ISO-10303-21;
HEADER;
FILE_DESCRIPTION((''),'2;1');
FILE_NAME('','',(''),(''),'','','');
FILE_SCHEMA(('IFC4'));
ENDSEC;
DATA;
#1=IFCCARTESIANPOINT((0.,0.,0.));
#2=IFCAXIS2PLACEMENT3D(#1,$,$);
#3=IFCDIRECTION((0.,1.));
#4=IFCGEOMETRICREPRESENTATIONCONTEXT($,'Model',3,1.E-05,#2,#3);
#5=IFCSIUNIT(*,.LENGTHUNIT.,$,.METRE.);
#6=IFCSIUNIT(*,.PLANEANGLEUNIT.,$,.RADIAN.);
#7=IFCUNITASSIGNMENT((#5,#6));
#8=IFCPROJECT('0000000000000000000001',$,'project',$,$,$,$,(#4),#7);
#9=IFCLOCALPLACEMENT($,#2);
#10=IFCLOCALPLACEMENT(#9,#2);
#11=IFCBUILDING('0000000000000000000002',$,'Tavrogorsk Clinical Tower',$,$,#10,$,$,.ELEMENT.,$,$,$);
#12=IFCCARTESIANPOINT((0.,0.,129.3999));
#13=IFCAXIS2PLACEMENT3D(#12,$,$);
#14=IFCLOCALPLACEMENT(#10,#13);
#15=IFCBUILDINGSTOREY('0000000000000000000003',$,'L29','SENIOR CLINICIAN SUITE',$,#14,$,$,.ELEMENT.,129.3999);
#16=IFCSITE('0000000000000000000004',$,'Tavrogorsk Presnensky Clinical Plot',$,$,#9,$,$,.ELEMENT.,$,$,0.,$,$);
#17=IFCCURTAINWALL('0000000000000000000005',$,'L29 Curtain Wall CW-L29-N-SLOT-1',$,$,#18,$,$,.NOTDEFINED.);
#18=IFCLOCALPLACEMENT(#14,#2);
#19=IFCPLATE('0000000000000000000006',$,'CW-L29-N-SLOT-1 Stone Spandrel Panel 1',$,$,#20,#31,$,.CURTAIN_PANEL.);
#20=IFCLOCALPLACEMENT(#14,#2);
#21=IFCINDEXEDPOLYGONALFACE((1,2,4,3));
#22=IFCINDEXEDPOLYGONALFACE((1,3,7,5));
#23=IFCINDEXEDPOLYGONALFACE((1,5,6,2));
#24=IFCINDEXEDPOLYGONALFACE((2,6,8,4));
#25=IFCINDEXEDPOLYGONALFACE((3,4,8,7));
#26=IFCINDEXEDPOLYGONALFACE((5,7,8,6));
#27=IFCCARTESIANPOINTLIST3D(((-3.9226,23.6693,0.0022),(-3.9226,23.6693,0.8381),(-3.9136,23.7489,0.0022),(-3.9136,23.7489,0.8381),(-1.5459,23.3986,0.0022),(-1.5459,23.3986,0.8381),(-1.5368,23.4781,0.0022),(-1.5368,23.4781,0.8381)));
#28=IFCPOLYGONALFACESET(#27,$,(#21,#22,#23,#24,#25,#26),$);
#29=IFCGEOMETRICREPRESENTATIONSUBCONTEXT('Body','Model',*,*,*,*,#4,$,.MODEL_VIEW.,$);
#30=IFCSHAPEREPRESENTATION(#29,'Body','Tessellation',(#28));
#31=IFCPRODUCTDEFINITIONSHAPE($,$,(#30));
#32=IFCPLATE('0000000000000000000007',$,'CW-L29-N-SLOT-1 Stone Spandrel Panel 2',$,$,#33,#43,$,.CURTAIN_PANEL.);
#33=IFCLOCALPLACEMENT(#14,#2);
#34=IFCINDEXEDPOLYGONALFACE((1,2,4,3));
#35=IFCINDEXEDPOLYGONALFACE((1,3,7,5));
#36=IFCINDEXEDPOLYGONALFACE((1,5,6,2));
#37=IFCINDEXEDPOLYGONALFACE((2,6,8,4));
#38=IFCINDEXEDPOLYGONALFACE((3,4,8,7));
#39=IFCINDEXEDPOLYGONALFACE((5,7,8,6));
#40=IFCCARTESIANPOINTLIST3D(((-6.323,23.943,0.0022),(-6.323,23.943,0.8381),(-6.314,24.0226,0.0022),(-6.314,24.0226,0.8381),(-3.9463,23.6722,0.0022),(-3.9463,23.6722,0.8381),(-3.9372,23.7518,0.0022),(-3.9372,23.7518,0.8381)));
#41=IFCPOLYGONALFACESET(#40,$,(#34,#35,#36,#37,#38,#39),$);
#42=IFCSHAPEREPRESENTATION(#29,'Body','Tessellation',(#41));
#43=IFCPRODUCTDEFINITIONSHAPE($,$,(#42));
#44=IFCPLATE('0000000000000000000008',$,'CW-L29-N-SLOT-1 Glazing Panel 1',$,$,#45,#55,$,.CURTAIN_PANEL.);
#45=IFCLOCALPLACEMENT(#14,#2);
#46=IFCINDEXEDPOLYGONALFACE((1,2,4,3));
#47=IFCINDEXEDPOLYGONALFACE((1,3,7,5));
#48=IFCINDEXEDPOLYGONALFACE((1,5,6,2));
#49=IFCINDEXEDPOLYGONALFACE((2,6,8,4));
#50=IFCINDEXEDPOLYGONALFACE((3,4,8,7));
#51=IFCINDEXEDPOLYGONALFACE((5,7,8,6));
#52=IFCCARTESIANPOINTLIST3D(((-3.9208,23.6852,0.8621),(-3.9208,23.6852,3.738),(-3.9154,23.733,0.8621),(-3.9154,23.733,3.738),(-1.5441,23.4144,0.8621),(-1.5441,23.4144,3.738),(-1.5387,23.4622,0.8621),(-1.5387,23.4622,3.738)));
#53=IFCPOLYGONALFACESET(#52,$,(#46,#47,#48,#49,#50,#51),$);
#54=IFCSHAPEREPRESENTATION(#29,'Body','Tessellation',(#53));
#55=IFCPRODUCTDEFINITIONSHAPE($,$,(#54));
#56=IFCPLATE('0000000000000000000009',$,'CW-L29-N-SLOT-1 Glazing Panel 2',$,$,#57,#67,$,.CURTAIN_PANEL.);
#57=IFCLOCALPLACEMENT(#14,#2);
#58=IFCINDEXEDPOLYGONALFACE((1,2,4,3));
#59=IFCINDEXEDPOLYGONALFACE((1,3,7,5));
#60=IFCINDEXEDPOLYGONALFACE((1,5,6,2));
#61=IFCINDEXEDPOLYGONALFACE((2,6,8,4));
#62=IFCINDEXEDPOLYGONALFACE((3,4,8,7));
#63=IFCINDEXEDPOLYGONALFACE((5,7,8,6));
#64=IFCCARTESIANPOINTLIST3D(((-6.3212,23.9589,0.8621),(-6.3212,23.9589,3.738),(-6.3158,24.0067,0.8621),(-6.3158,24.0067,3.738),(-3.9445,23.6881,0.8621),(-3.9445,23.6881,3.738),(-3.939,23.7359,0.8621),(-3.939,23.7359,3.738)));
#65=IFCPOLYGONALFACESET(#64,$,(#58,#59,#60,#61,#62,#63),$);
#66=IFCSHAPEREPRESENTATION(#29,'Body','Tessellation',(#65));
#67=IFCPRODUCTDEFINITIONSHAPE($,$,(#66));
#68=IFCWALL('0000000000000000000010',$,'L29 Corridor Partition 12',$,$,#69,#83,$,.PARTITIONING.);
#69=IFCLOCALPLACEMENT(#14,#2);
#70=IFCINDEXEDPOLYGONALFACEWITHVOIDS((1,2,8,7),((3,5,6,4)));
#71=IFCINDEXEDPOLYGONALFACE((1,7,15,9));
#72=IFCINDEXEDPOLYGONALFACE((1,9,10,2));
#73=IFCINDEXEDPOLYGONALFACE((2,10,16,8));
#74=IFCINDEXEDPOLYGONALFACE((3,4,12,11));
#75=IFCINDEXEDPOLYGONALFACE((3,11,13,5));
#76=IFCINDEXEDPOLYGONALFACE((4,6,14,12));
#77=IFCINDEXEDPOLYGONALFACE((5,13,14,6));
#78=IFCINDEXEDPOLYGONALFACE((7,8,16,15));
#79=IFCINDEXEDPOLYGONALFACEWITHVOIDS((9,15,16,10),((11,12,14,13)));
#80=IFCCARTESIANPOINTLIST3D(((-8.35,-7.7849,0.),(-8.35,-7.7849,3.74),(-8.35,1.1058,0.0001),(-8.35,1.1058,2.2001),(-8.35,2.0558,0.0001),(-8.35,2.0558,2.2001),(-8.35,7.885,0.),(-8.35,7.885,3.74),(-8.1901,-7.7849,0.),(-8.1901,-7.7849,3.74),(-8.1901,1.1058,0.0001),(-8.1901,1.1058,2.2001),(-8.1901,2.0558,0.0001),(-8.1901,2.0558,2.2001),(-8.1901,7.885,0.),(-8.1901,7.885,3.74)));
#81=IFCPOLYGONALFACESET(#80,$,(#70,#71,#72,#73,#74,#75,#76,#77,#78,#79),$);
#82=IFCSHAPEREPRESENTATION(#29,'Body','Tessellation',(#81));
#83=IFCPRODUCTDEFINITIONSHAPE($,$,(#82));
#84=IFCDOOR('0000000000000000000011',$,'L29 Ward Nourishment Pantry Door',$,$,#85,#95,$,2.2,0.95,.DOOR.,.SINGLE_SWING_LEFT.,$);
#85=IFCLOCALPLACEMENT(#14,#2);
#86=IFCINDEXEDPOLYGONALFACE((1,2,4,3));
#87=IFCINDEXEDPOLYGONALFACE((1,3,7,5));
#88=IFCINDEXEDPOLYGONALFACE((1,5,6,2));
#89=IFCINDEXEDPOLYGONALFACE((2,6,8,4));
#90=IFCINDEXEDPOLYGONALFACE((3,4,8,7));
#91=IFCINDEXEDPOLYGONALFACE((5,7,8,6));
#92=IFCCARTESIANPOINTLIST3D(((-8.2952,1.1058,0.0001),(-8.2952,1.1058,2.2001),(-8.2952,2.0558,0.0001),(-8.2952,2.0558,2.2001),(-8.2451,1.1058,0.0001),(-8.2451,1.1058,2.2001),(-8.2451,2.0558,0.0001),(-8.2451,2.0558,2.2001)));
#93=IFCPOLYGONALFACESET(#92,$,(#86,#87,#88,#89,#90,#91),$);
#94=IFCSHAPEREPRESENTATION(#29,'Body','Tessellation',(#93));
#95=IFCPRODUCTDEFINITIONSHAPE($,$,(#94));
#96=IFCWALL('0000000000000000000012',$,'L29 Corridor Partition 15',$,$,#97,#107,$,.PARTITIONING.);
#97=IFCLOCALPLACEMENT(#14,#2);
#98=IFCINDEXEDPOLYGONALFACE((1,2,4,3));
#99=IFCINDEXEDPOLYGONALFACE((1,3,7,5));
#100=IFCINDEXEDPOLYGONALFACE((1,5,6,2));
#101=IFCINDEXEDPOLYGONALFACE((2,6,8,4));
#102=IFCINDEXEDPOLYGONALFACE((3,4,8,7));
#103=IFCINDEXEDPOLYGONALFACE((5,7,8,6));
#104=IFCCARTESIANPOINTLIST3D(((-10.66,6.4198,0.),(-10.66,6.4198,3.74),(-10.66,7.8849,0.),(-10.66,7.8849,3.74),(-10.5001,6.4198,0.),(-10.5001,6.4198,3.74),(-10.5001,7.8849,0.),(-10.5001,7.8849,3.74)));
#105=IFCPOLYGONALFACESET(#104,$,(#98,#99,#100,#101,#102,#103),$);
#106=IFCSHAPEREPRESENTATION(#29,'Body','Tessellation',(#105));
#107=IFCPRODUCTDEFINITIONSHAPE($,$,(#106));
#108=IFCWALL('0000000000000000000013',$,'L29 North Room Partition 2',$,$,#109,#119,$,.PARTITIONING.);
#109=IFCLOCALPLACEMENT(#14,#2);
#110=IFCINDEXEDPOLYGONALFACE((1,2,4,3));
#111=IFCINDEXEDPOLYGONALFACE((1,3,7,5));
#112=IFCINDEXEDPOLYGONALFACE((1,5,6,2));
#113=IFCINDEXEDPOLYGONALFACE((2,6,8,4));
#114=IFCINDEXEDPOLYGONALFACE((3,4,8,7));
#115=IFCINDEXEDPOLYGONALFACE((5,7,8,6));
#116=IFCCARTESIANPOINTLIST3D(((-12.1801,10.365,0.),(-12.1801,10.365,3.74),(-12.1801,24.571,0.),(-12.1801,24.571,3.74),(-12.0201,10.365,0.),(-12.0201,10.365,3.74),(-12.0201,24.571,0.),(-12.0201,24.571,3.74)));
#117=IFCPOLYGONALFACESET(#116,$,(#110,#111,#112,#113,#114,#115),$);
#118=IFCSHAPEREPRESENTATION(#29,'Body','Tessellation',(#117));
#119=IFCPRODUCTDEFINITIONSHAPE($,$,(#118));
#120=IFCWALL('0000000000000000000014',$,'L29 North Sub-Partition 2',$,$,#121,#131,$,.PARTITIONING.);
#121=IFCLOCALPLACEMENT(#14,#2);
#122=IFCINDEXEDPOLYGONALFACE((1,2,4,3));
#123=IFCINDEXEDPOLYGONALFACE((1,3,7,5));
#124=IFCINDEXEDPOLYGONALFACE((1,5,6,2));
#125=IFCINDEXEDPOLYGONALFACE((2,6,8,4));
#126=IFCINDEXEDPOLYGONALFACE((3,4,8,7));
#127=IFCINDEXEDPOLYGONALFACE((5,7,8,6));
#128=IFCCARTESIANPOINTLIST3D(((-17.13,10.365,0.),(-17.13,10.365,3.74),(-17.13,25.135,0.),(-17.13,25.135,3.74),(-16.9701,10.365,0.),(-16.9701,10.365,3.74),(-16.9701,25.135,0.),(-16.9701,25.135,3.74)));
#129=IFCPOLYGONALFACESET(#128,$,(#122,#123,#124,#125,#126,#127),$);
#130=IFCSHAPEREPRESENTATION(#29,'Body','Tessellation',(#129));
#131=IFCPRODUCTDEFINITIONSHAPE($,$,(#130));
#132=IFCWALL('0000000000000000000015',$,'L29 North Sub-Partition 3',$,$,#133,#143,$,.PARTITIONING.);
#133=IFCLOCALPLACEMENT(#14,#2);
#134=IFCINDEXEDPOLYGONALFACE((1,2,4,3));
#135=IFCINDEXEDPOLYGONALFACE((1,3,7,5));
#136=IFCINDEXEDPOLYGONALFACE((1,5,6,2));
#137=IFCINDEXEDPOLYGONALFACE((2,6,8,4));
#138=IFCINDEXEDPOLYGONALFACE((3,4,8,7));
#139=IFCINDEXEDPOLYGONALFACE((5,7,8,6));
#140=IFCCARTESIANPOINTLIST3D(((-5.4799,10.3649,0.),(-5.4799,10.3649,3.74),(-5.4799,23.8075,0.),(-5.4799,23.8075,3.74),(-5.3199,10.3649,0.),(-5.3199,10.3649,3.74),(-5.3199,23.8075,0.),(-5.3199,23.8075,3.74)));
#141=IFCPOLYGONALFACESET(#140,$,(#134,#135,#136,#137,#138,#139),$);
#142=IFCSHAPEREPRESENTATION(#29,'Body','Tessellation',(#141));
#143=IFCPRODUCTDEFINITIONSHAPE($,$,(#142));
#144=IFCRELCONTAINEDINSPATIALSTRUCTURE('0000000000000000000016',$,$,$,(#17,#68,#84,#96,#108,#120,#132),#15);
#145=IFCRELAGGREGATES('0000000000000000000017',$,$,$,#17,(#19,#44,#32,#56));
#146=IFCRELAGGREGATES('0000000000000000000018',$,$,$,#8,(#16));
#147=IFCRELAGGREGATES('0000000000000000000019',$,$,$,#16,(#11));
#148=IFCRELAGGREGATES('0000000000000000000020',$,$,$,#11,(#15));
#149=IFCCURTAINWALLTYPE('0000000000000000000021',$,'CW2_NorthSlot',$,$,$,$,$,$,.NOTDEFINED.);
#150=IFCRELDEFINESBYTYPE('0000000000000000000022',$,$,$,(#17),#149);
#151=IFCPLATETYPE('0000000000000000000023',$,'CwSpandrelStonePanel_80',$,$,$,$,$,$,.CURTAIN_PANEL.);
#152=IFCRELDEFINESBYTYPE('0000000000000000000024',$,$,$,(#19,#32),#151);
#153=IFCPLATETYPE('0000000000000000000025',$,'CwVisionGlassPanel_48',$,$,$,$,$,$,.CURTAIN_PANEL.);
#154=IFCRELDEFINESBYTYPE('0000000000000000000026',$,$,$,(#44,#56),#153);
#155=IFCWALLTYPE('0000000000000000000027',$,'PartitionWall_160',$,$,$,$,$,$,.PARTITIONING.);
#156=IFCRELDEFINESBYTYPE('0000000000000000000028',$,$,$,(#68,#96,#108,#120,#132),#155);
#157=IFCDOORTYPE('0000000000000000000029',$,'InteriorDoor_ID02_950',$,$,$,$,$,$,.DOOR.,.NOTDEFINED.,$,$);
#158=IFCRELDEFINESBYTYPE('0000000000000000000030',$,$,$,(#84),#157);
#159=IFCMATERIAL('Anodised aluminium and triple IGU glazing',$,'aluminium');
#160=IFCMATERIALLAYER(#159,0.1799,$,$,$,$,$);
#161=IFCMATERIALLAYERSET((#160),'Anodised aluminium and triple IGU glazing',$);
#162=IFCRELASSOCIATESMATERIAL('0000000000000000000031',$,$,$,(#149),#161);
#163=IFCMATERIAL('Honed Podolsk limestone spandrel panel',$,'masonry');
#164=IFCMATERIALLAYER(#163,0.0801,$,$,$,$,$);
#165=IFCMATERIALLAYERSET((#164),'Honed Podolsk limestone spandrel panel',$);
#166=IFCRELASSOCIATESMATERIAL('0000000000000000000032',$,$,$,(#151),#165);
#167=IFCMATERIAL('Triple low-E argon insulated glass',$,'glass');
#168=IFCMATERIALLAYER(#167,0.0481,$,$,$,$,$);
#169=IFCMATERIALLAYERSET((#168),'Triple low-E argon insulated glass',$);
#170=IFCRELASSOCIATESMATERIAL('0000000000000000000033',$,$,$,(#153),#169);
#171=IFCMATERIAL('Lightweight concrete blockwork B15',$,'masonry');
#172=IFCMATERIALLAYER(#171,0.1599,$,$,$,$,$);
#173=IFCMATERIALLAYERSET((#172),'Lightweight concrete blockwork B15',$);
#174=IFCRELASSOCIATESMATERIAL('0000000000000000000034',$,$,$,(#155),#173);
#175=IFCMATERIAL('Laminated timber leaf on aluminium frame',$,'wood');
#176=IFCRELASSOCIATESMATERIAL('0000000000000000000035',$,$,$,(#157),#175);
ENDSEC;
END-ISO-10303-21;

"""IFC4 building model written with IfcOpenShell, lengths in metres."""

from ifc_helpers import new_model, si_unit, direction, frame, frame_2d, origin, origin_2d, place, context, subcontext, project, spatial, rectangle, extrude, material, layer, layer_set, type_object, element, fill, aggregate, save


model = new_model("IFC4")

# Units and contexts
model_context = context("Model", 3, precision=1e-05, world=origin(), true_north=direction((0.0, 1.0)))
body_context = subcontext(model_context, "Body", "Model", "MODEL_VIEW")
ifc_project = project(units=[si_unit("LENGTHUNIT", "METRE"), si_unit("PLANEANGLEUNIT", "RADIAN")], contexts=[model_context])

# Site, building, storey
site_placement = place(None, origin())
site = spatial("IfcSite", under=ifc_project, at=site_placement, Name="Tavrogorsk Presnensky Clinical Plot", CompositionType="ELEMENT", RefElevation=0.0)
building_placement = place(site_placement, origin())
building = spatial("IfcBuilding", under=site, at=building_placement, Name="Tavrogorsk Clinical Tower", CompositionType="ELEMENT")
storey_placement = place(building_placement, frame((0.0, 0.0, 129.3999)))
storey = spatial("IfcBuildingStorey", under=building, at=storey_placement, Name="L29", Description="SENIOR CLINICIAN SUITE", CompositionType="ELEMENT", Elevation=129.3999)

# Curtain wall
ifc_material_1 = material(Name="Anodised aluminium and triple IGU glazing", Category="aluminium")
ifc_layer_1 = layer(ifc_material_1, 0.1799)
ifc_layer_set_1 = layer_set([ifc_layer_1], Name="Anodised aluminium and triple IGU glazing")
curtain_wall_type = type_object("IfcCurtainWallType", Name="CW2_NorthSlot", PredefinedType="NOTDEFINED", material=ifc_layer_set_1)
curtain_wall_placement = place(storey_placement, origin())
curtain_wall = element("IfcCurtainWall", 1, at=curtain_wall_placement, inside=storey, type_object=curtain_wall_type, Name="L29 Curtain Wall CW-L29-N-SLOT-1", PredefinedType="NOTDEFINED")

# Plates
ifc_material_2 = material(Name="Honed Podolsk limestone spandrel panel", Category="masonry")
ifc_layer_2 = layer(ifc_material_2, 0.0801)
ifc_layer_set_2 = layer_set([ifc_layer_2], Name="Honed Podolsk limestone spandrel panel")
plate_type_1 = type_object("IfcPlateType", Name="CwSpandrelStonePanel_80", PredefinedType="CURTAIN_PANEL", material=ifc_layer_set_2)
plate_1_placement = place(storey_placement, frame((-2.7297, 23.5737, 0.0022), z_axis=(0.0, 0.0, 1.0), x_axis=(-0.993572, 0.113203, 0.0)))
plate_1 = element("IfcPlate", 2, at=plate_1_placement, type_object=plate_type_1, Name="CW-L29-N-SLOT-1 Stone Spandrel Panel 1", PredefinedType="CURTAIN_PANEL", context=body_context, shape_type="SweptSolid", body=[
    extrude(rectangle(XDim=2.3921, YDim=0.0801, at=origin_2d()), origin(), (0.0, 0.0, 1.0), 0.8359),
])
plate_2_placement = place(storey_placement, frame((-5.1301, 23.8474, 0.0022), z_axis=(0.0, 0.0, 1.0), x_axis=(-0.993572, 0.113203, 0.0)))
plate_2 = element("IfcPlate", 3, at=plate_2_placement, type_object=plate_type_1, Name="CW-L29-N-SLOT-1 Stone Spandrel Panel 2", PredefinedType="CURTAIN_PANEL", context=body_context, shape_type="SweptSolid", body=[
    extrude(rectangle(XDim=2.3921, YDim=0.0801, at=origin_2d()), origin(), (0.0, 0.0, 1.0), 0.8359),
])
ifc_material_3 = material(Name="Triple low-E argon insulated glass", Category="glass")
ifc_layer_3 = layer(ifc_material_3, 0.0481)
ifc_layer_set_3 = layer_set([ifc_layer_3], Name="Triple low-E argon insulated glass")
plate_type_2 = type_object("IfcPlateType", Name="CwVisionGlassPanel_48", PredefinedType="CURTAIN_PANEL", material=ifc_layer_set_3)
plate_3_placement = place(storey_placement, frame((-2.7297, 23.5737, 0.8621), z_axis=(0.0, 0.0, 1.0), x_axis=(-0.993572, 0.113203, 0.0)))
plate_3 = element("IfcPlate", 4, at=plate_3_placement, type_object=plate_type_2, Name="CW-L29-N-SLOT-1 Glazing Panel 1", PredefinedType="CURTAIN_PANEL", context=body_context, shape_type="SweptSolid", body=[
    extrude(rectangle(XDim=2.3921, YDim=0.0481, at=origin_2d()), origin(), (0.0, 0.0, 1.0), 2.876),
])
plate_4_placement = place(storey_placement, frame((-5.1301, 23.8474, 0.8621), z_axis=(0.0, 0.0, 1.0), x_axis=(-0.993572, 0.113203, 0.0)))
plate_4 = element("IfcPlate", 5, at=plate_4_placement, type_object=plate_type_2, Name="CW-L29-N-SLOT-1 Glazing Panel 2", PredefinedType="CURTAIN_PANEL", context=body_context, shape_type="SweptSolid", body=[
    extrude(rectangle(XDim=2.3921, YDim=0.0481, at=origin_2d()), origin(), (0.0, 0.0, 1.0), 2.876),
])
aggregate(curtain_wall, [plate_1, plate_3, plate_2, plate_4])

# Wall, opening, door
ifc_material_4 = material(Name="Lightweight concrete blockwork B15", Category="masonry")
ifc_layer_4 = layer(ifc_material_4, 0.1599)
ifc_layer_set_4 = layer_set([ifc_layer_4], Name="Lightweight concrete blockwork B15")
wall_type_1 = type_object("IfcWallType", Name="PartitionWall_160", PredefinedType="PARTITIONING", material=ifc_layer_set_4)
wall_1_placement = place(storey_placement, frame((-8.27, 7.885, 0.0), z_axis=(0.0, 0.0, 1.0), x_axis=(0.0, -1.0, 0.0)))
wall_1 = element("IfcWall", 6, at=wall_1_placement, inside=storey, type_object=wall_type_1, Name="L29 Corridor Partition 12", PredefinedType="PARTITIONING", context=body_context, shape_type="SweptSolid", body=[
    extrude(rectangle(XDim=15.6699, YDim=0.1599, at=frame_2d((7.835, 0.0))), origin(), (0.0, 0.0, 1.0), 3.74),
])
opening_1_placement = place(wall_1_placement, frame((5.8291, 0.0, 0.0)))
opening_1 = element("IfcOpeningElement", 7, at=opening_1_placement, cuts=wall_1, PredefinedType="OPENING", context=body_context, shape_type="SweptSolid", body=[
    extrude(rectangle(XDim=0.95, YDim=2.2, at=frame_2d((0.4751, 1.1001))), frame((0.0, 0.0898, 0.0), z_axis=(0.0, -1.0, 0.0), x_axis=(1.0, 0.0, 0.0)), (0.0, 0.0, 1.0), 0.1799),
])
ifc_material_5 = material(Name="Laminated timber leaf on aluminium frame", Category="wood")
door_type = type_object("IfcDoorType", Name="InteriorDoor_ID02_950", OperationType="NOTDEFINED", PredefinedType="DOOR", material=ifc_material_5)
door_placement = place(opening_1_placement, origin())
door = element("IfcDoor", 8, at=door_placement, inside=storey, type_object=door_type, Name="L29 Ward Nourishment Pantry Door", OperationType="SINGLE_SWING_LEFT", OverallHeight=2.2, OverallWidth=0.95, PredefinedType="DOOR", context=body_context, shape_type="SweptSolid", body=[
    extrude(rectangle(XDim=0.95, YDim=2.2, at=frame_2d((0.4751, 1.1001))), frame((0.0, 0.0249, 0.0), z_axis=(0.0, -1.0, 0.0), x_axis=(1.0, 0.0, 0.0)), (0.0, 0.0, 1.0), 0.05),
])
fill(opening_1, door)

# Walls
wall_2_placement = place(storey_placement, frame((-10.5801, 6.4199, 0.0), z_axis=(0.0, 0.0, 1.0), x_axis=(0.0, 1.0, 0.0)))
element("IfcWall", 9, at=wall_2_placement, inside=storey, type_object=wall_type_1, Name="L29 Corridor Partition 15", PredefinedType="PARTITIONING", context=body_context, shape_type="SweptSolid", body=[
    extrude(rectangle(XDim=1.4651, YDim=0.1599, at=frame_2d((0.7324, 0.0))), origin(), (0.0, 0.0, 1.0), 3.74),
])
wall_3_placement = place(storey_placement, frame((-12.1001, 10.365, 0.0), z_axis=(0.0, 0.0, 1.0), x_axis=(0.0, 1.0, 0.0)))
element("IfcWall", 10, at=wall_3_placement, inside=storey, type_object=wall_type_1, Name="L29 North Room Partition 2", PredefinedType="PARTITIONING", context=body_context, shape_type="SweptSolid", body=[
    extrude(rectangle(XDim=14.2061, YDim=0.1599, at=frame_2d((7.103, 0.0))), origin(), (0.0, 0.0, 1.0), 3.74),
])
wall_4_placement = place(storey_placement, frame((-17.05, 10.365, 0.0), z_axis=(0.0, 0.0, 1.0), x_axis=(0.0, 1.0, 0.0)))
element("IfcWall", 11, at=wall_4_placement, inside=storey, type_object=wall_type_1, Name="L29 North Sub-Partition 2", PredefinedType="PARTITIONING", context=body_context, shape_type="SweptSolid", body=[
    extrude(rectangle(XDim=14.77, YDim=0.1599, at=frame_2d((7.385, 0.0))), origin(), (0.0, 0.0, 1.0), 3.74),
])
wall_5_placement = place(storey_placement, frame((-5.3999, 10.365, 0.0), z_axis=(0.0, 0.0, 1.0), x_axis=(0.0, 1.0, 0.0)))
element("IfcWall", 12, at=wall_5_placement, inside=storey, type_object=wall_type_1, Name="L29 North Sub-Partition 3", PredefinedType="PARTITIONING", context=body_context, shape_type="SweptSolid", body=[
    extrude(rectangle(XDim=13.4426, YDim=0.1599, at=frame_2d((6.7212, 0.0))), origin(), (0.0, 0.0, 1.0), 3.74),
])

save(model, "model.ifc")
